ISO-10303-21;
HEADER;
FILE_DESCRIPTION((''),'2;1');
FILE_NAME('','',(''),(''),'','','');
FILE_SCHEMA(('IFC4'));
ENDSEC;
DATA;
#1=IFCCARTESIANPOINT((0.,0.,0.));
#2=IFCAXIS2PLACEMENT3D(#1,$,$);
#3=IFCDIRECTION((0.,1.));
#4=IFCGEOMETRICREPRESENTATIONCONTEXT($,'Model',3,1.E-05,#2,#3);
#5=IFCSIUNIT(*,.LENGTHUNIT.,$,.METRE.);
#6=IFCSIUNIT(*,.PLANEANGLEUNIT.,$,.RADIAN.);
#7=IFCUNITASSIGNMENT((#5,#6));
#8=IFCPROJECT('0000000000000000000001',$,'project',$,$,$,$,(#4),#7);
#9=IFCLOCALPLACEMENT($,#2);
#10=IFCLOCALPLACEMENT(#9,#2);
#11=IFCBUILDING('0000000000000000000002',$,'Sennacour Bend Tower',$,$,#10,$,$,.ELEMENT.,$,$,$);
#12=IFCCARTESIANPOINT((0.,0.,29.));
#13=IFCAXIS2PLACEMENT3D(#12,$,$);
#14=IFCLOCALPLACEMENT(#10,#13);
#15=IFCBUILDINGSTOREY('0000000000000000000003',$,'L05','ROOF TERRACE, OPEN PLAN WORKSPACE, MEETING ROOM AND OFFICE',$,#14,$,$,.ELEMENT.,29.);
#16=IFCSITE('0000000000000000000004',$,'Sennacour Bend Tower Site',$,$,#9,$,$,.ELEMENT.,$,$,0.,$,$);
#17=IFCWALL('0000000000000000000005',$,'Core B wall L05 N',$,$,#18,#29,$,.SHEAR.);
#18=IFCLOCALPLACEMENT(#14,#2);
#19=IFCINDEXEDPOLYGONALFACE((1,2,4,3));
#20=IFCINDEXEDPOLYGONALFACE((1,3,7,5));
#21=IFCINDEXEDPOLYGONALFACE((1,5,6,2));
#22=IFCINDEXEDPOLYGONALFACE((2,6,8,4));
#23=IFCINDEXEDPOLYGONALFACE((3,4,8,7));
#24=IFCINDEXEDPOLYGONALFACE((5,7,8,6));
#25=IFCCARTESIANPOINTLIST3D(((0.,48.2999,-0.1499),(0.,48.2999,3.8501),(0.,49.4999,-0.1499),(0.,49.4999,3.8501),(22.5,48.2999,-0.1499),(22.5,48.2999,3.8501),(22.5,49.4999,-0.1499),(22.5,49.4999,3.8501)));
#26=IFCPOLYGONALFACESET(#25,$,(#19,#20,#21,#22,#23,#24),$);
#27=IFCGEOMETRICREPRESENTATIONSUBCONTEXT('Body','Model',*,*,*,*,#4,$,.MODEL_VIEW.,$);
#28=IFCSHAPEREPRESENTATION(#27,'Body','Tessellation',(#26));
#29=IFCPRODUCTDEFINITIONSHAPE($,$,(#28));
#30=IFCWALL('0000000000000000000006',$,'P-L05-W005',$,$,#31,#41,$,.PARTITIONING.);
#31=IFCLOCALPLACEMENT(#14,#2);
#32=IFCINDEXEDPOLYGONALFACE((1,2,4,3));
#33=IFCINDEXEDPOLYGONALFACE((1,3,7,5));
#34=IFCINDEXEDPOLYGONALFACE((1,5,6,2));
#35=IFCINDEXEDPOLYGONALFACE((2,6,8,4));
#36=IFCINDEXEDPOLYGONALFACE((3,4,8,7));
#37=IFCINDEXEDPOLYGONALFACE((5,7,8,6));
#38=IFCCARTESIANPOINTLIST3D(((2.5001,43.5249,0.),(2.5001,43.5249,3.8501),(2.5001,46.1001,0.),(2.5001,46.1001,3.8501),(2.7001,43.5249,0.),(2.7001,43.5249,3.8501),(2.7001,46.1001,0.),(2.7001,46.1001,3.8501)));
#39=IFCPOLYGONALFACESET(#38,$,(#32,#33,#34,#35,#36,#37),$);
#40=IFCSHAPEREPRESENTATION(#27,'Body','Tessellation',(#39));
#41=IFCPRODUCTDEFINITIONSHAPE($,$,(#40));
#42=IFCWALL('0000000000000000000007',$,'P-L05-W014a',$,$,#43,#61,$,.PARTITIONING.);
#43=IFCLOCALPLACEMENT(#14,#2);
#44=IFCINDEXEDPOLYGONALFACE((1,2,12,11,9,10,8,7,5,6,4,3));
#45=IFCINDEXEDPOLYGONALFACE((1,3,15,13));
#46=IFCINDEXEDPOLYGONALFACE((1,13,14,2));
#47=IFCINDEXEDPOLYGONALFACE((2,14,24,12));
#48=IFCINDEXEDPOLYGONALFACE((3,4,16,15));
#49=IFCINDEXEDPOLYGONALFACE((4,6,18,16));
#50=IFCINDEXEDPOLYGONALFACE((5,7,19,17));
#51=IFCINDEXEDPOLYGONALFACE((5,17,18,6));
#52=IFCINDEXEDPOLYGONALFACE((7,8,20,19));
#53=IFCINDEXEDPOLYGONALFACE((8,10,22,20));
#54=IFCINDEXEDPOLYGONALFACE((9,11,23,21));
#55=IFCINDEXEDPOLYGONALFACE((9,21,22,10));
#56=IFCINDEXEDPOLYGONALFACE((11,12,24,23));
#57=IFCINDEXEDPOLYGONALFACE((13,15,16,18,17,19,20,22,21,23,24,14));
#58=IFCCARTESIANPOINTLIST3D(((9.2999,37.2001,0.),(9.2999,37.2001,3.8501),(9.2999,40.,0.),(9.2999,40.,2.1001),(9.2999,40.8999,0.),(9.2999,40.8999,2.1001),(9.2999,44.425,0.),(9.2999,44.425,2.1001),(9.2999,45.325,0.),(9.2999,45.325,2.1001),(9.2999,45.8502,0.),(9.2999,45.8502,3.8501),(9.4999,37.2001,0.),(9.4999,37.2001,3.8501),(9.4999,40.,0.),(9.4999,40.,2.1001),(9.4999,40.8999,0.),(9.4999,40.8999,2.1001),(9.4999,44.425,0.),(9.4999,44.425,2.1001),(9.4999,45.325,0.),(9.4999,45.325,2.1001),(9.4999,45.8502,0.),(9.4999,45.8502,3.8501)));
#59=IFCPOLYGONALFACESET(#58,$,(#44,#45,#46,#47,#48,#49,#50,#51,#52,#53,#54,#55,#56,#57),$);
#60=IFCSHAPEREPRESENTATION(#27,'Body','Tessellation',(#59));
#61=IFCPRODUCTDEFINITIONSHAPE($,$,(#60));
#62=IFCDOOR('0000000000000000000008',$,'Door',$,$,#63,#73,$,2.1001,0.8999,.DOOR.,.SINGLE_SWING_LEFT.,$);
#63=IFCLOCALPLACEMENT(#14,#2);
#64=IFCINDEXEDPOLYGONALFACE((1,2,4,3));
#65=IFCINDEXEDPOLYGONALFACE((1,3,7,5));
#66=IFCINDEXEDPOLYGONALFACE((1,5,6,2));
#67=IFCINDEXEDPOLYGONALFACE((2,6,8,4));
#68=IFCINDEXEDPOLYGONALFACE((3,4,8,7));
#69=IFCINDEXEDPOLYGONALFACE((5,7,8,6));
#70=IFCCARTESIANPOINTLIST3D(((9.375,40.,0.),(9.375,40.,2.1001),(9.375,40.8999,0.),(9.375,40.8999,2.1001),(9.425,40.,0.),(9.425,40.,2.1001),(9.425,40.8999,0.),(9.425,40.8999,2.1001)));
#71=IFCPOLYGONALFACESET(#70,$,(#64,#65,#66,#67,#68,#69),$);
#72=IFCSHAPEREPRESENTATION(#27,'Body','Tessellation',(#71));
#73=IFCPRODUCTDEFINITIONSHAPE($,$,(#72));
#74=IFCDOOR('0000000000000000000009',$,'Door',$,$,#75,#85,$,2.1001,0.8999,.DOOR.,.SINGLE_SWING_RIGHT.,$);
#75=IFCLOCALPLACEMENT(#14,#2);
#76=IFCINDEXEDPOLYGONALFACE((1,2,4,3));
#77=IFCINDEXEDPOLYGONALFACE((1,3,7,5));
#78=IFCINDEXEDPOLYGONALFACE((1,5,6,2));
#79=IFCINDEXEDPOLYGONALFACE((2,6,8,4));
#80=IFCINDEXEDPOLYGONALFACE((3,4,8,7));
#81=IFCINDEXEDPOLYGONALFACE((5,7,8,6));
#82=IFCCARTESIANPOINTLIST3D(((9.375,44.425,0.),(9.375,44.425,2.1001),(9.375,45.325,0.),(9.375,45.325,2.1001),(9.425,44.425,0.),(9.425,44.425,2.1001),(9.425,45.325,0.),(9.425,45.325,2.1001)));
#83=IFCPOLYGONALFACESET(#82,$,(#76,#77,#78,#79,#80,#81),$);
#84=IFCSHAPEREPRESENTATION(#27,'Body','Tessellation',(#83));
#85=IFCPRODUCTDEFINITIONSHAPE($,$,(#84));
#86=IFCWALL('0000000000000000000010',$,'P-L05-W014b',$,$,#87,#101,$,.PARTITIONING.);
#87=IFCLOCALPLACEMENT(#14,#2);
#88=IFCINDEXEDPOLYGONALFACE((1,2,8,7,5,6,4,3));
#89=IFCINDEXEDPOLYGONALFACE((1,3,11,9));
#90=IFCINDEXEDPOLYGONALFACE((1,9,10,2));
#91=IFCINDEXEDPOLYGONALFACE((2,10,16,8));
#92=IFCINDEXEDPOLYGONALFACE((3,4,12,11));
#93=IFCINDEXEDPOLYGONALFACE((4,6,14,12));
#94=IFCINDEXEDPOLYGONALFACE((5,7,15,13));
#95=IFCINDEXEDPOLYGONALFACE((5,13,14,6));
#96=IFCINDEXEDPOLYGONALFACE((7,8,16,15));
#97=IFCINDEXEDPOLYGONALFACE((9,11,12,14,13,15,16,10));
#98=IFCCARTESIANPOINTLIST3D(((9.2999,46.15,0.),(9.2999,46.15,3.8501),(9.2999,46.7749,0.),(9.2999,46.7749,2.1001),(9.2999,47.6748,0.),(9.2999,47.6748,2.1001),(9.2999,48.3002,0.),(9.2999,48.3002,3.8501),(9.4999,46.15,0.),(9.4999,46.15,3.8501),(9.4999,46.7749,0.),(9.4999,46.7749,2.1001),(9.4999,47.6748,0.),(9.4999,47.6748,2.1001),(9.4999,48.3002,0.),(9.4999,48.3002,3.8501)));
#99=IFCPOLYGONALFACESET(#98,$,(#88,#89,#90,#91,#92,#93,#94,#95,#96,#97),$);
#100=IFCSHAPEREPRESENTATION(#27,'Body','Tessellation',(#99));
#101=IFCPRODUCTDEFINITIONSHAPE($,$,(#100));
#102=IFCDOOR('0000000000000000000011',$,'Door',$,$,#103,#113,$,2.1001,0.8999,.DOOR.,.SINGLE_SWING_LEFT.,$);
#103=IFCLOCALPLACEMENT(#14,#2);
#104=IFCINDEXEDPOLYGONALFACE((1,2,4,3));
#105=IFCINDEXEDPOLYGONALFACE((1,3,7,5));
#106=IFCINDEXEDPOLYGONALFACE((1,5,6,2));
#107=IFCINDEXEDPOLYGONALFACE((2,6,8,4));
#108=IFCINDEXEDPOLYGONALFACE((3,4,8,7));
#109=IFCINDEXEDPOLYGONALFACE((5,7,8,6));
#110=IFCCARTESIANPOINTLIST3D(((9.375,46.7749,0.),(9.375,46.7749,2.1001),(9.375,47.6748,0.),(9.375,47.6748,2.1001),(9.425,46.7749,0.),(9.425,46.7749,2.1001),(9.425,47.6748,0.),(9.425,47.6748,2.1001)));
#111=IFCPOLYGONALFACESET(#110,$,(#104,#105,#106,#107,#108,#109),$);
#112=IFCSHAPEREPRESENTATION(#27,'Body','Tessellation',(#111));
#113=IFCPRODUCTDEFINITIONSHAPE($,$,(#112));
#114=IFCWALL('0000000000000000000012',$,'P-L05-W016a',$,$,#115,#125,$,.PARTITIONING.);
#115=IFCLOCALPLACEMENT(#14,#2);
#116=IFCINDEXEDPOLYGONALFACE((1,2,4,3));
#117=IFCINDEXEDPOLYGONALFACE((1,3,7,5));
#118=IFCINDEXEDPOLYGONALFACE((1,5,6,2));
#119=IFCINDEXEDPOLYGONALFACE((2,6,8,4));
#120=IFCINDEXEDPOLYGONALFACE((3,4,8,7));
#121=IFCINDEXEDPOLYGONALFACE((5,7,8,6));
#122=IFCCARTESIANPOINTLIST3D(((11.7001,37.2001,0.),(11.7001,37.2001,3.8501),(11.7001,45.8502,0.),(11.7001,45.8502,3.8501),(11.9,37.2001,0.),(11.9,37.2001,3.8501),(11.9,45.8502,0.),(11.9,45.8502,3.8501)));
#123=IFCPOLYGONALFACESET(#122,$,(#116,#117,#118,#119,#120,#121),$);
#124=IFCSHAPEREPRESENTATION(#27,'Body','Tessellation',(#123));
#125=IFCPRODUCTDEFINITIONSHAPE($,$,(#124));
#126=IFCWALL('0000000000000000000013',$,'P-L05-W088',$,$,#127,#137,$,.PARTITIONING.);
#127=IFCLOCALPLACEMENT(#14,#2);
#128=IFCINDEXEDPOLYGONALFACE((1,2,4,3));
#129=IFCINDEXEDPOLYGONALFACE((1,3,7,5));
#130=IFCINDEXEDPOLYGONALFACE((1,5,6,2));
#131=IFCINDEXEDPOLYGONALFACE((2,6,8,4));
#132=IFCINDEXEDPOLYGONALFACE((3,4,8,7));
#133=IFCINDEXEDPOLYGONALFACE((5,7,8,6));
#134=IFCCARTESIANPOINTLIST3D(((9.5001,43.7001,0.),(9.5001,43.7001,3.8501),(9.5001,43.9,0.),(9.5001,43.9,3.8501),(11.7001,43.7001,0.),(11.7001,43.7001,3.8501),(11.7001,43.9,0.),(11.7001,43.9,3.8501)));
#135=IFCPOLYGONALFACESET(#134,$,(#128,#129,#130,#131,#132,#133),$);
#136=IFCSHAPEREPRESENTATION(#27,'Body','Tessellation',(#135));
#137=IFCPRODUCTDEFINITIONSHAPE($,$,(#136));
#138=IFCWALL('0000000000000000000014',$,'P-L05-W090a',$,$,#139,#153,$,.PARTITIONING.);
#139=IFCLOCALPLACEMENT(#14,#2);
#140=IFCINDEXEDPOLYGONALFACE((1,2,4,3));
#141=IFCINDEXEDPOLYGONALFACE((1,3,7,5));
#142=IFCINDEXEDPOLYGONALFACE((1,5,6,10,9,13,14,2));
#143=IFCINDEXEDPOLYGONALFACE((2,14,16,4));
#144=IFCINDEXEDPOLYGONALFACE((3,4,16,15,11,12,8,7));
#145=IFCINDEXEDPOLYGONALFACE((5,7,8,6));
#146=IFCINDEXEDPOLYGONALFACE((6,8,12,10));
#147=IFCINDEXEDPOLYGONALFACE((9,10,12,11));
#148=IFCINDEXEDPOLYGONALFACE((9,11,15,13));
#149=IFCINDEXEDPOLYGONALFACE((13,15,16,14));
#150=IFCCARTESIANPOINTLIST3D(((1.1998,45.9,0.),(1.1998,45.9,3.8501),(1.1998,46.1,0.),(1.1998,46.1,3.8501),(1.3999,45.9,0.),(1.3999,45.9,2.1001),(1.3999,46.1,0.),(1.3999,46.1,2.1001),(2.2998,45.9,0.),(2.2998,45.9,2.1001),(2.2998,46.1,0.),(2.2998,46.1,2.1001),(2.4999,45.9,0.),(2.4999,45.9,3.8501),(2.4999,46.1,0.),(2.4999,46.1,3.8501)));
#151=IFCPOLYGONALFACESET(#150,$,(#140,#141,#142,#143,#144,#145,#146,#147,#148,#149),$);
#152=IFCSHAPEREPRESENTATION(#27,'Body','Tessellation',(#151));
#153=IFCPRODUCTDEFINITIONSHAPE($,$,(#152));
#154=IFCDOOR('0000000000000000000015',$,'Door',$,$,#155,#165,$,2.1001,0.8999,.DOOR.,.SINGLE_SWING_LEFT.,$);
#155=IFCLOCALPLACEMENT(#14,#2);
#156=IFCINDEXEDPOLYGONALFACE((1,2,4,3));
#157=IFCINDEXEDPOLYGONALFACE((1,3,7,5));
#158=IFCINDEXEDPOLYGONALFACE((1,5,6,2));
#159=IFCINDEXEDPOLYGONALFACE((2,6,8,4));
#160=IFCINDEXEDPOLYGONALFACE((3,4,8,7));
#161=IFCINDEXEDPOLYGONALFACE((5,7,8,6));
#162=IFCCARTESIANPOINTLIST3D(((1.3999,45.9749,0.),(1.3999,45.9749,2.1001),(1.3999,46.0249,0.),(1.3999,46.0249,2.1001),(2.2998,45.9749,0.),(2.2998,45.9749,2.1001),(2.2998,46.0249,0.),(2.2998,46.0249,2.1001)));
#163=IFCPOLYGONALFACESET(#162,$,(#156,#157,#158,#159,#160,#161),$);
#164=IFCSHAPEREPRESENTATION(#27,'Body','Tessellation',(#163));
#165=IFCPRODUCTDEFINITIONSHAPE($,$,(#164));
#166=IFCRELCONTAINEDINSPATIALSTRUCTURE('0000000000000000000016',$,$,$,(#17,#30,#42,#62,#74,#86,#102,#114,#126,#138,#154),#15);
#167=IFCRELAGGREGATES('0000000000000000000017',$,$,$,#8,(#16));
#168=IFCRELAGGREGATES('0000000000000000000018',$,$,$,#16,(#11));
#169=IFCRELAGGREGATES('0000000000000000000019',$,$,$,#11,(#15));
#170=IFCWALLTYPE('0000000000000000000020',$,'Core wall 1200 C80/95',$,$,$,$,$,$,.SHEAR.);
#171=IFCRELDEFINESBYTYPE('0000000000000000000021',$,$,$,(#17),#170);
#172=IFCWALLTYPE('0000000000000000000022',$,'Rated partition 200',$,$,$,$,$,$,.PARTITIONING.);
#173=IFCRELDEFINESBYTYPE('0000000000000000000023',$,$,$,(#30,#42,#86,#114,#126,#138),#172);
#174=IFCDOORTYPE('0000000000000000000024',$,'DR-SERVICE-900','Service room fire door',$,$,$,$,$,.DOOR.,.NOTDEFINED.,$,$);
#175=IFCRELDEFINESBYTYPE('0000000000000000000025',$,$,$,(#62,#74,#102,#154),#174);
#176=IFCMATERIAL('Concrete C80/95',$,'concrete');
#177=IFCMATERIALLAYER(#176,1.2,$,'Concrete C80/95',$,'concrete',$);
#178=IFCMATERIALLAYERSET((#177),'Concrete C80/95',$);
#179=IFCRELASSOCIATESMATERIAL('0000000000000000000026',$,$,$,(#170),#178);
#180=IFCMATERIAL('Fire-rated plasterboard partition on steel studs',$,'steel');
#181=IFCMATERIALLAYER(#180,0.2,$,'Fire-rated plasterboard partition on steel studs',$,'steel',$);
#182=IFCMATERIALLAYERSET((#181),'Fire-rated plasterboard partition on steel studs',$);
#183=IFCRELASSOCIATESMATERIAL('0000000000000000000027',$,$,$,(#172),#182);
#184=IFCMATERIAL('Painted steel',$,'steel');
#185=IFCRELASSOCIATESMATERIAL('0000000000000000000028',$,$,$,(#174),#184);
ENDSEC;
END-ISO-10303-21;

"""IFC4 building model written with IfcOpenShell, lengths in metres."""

from ifc_helpers import new_model, si_unit, direction, frame, frame_2d, origin, place, context, subcontext, project, spatial, rectangle, extrude, material, layer, layer_set, type_object, element, fill, save


model = new_model("IFC4")

# Units and contexts
model_context = context("Model", 3, precision=1e-05, world=origin(), true_north=direction((0.0, 1.0)))
body_context = subcontext(model_context, "Body", "Model", "MODEL_VIEW")
ifc_project = project(units=[si_unit("LENGTHUNIT", "METRE"), si_unit("PLANEANGLEUNIT", "RADIAN")], contexts=[model_context])

# Site, building, storey
site_placement = place(None, origin())
site = spatial("IfcSite", under=ifc_project, at=site_placement, Name="Sennacour Bend Tower Site", CompositionType="ELEMENT", RefElevation=0.0)
building_placement = place(site_placement, origin())
building = spatial("IfcBuilding", under=site, at=building_placement, Name="Sennacour Bend Tower", CompositionType="ELEMENT")
storey_placement = place(building_placement, frame((0.0, 0.0, 29.0)))
storey = spatial("IfcBuildingStorey", under=building, at=storey_placement, Name="L05", Description="ROOF TERRACE, OPEN PLAN WORKSPACE, MEETING ROOM AND OFFICE", CompositionType="ELEMENT", Elevation=29.0)

# Walls
ifc_material_1 = material(Name="Concrete C80/95", Category="concrete")
ifc_layer_1 = layer(ifc_material_1, 1.2, Name="Concrete C80/95", Category="concrete")
ifc_layer_set_1 = layer_set([ifc_layer_1], Name="Concrete C80/95")
wall_type_1 = type_object("IfcWallType", Name="Core wall 1200 C80/95", PredefinedType="SHEAR", material=ifc_layer_set_1)
wall_1_placement = place(storey_placement, frame((0.0, 48.8999, -0.1499), z_axis=(0.0, 0.0, 1.0), x_axis=(1.0, 0.0, 0.0)))
element("IfcWall", 1, at=wall_1_placement, inside=storey, type_object=wall_type_1, Name="Core B wall L05 N", PredefinedType="SHEAR", context=body_context, shape_type="SweptSolid", body=[
    extrude(rectangle(XDim=22.5, YDim=1.2, at=frame_2d((11.25, 0.0))), origin(), (0.0, 0.0, 1.0), 4.0),
])
ifc_material_2 = material(Name="Fire-rated plasterboard partition on steel studs", Category="steel")
ifc_layer_2 = layer(ifc_material_2, 0.2, Name="Fire-rated plasterboard partition on steel studs", Category="steel")
ifc_layer_set_2 = layer_set([ifc_layer_2], Name="Fire-rated plasterboard partition on steel studs")
wall_type_2 = type_object("IfcWallType", Name="Rated partition 200", PredefinedType="PARTITIONING", material=ifc_layer_set_2)
wall_2_placement = place(storey_placement, frame((2.6001, 43.5249, 0.0), z_axis=(0.0, 0.0, 1.0), x_axis=(0.0, 1.0, 0.0)))
element("IfcWall", 2, at=wall_2_placement, inside=storey, type_object=wall_type_2, Name="P-L05-W005", PredefinedType="PARTITIONING", context=body_context, shape_type="SweptSolid", body=[
    extrude(rectangle(XDim=2.5752, YDim=0.2, at=frame_2d((1.2876, 0.0))), origin(), (0.0, 0.0, 1.0), 3.8501),
])

# Wall, openings, doors
wall_3_placement = place(storey_placement, frame((9.3999, 37.2, 0.0), z_axis=(0.0, 0.0, 1.0), x_axis=(0.0, 1.0, 0.0)))
wall_3 = element("IfcWall", 3, at=wall_3_placement, inside=storey, type_object=wall_type_2, Name="P-L05-W014a", PredefinedType="PARTITIONING", context=body_context, shape_type="SweptSolid", body=[
    extrude(rectangle(XDim=8.6501, YDim=0.2, at=frame_2d((4.3252, 0.0))), origin(), (0.0, 0.0, 1.0), 3.8501),
])
opening_1_placement = place(wall_3_placement, frame((2.8, 0.0, 0.0)))
opening_1 = element("IfcOpeningElement", 4, at=opening_1_placement, cuts=wall_3, PredefinedType="OPENING", context=body_context, shape_type="SweptSolid", body=[
    extrude(rectangle(XDim=0.8999, YDim=2.1001, at=frame_2d((0.45, 1.05))), frame((0.0, 0.1099, 0.0), z_axis=(0.0, -1.0, 0.0), x_axis=(1.0, 0.0, 0.0)), (0.0, 0.0, 1.0), 0.22),
])
opening_2_placement = place(wall_3_placement, frame((7.2251, 0.0, 0.0)))
opening_2 = element("IfcOpeningElement", 5, at=opening_2_placement, cuts=wall_3, PredefinedType="OPENING", context=body_context, shape_type="SweptSolid", body=[
    extrude(rectangle(XDim=0.8999, YDim=2.1001, at=frame_2d((0.45, 1.05))), frame((0.0, 0.1099, 0.0), z_axis=(0.0, -1.0, 0.0), x_axis=(1.0, 0.0, 0.0)), (0.0, 0.0, 1.0), 0.22),
])
ifc_material_3 = material(Name="Painted steel", Category="steel")
door_type_1 = type_object("IfcDoorType", Name="DR-SERVICE-900", Description="Service room fire door", OperationType="NOTDEFINED", PredefinedType="DOOR", material=ifc_material_3)
door_1_placement = place(opening_1_placement, origin())
door_1 = element("IfcDoor", 6, at=door_1_placement, inside=storey, type_object=door_type_1, Name="Door", OperationType="SINGLE_SWING_LEFT", OverallHeight=2.1001, OverallWidth=0.8999, PredefinedType="DOOR", context=body_context, shape_type="SweptSolid", body=[
    extrude(rectangle(XDim=0.8999, YDim=2.1001, at=frame_2d((0.45, 1.05))), frame((0.0, 0.0249, 0.0), z_axis=(0.0, -1.0, 0.0), x_axis=(1.0, 0.0, 0.0)), (0.0, 0.0, 1.0), 0.05),
])
fill(opening_1, door_1)
door_2_placement = place(opening_2_placement, origin())
door_2 = element("IfcDoor", 7, at=door_2_placement, inside=storey, type_object=door_type_1, Name="Door", OperationType="SINGLE_SWING_RIGHT", OverallHeight=2.1001, OverallWidth=0.8999, PredefinedType="DOOR", context=body_context, shape_type="SweptSolid", body=[
    extrude(rectangle(XDim=0.8999, YDim=2.1001, at=frame_2d((0.45, 1.05))), frame((0.0, 0.0249, 0.0), z_axis=(0.0, -1.0, 0.0), x_axis=(1.0, 0.0, 0.0)), (0.0, 0.0, 1.0), 0.05),
])
fill(opening_2, door_2)

# Wall, opening, door
wall_4_placement = place(storey_placement, frame((9.3999, 46.1499, 0.0), z_axis=(0.0, 0.0, 1.0), x_axis=(0.0, 1.0, 0.0)))
wall_4 = element("IfcWall", 8, at=wall_4_placement, inside=storey, type_object=wall_type_2, Name="P-L05-W014b", PredefinedType="PARTITIONING", context=body_context, shape_type="SweptSolid", body=[
    extrude(rectangle(XDim=2.1501, YDim=0.2, at=frame_2d((1.0752, 0.0))), origin(), (0.0, 0.0, 1.0), 3.8501),
])
opening_3_placement = place(wall_4_placement, frame((0.625, 0.0, 0.0)))
opening_3 = element("IfcOpeningElement", 9, at=opening_3_placement, cuts=wall_4, PredefinedType="OPENING", context=body_context, shape_type="SweptSolid", body=[
    extrude(rectangle(XDim=0.8999, YDim=2.1001, at=frame_2d((0.45, 1.05))), frame((0.0, 0.1099, 0.0), z_axis=(0.0, -1.0, 0.0), x_axis=(1.0, 0.0, 0.0)), (0.0, 0.0, 1.0), 0.22),
])
door_3_placement = place(opening_3_placement, origin())
door_3 = element("IfcDoor", 10, at=door_3_placement, inside=storey, type_object=door_type_1, Name="Door", OperationType="SINGLE_SWING_LEFT", OverallHeight=2.1001, OverallWidth=0.8999, PredefinedType="DOOR", context=body_context, shape_type="SweptSolid", body=[
    extrude(rectangle(XDim=0.8999, YDim=2.1001, at=frame_2d((0.45, 1.05))), frame((0.0, 0.0249, 0.0), z_axis=(0.0, -1.0, 0.0), x_axis=(1.0, 0.0, 0.0)), (0.0, 0.0, 1.0), 0.05),
])
fill(opening_3, door_3)

# Walls
wall_5_placement = place(storey_placement, frame((11.8, 37.2, 0.0), z_axis=(0.0, 0.0, 1.0), x_axis=(0.0, 1.0, 0.0)))
element("IfcWall", 11, at=wall_5_placement, inside=storey, type_object=wall_type_2, Name="P-L05-W016a", PredefinedType="PARTITIONING", context=body_context, shape_type="SweptSolid", body=[
    extrude(rectangle(XDim=8.6501, YDim=0.2, at=frame_2d((4.3252, 0.0))), origin(), (0.0, 0.0, 1.0), 3.8501),
])
wall_6_placement = place(storey_placement, frame((9.5, 43.8, 0.0), z_axis=(0.0, 0.0, 1.0), x_axis=(1.0, 0.0, 0.0)))
element("IfcWall", 12, at=wall_6_placement, inside=storey, type_object=wall_type_2, Name="P-L05-W088", PredefinedType="PARTITIONING", context=body_context, shape_type="SweptSolid", body=[
    extrude(rectangle(XDim=2.2, YDim=0.2, at=frame_2d((1.1001, 0.0))), origin(), (0.0, 0.0, 1.0), 3.8501),
])

# Wall, opening, door
wall_7_placement = place(storey_placement, frame((1.2, 46.0, 0.0), z_axis=(0.0, 0.0, 1.0), x_axis=(1.0, 0.0, 0.0)))
wall_7 = element("IfcWall", 13, at=wall_7_placement, inside=storey, type_object=wall_type_2, Name="P-L05-W090a", PredefinedType="PARTITIONING", context=body_context, shape_type="SweptSolid", body=[
    extrude(rectangle(XDim=1.3, YDim=0.2, at=frame_2d((0.6499, 0.0))), origin(), (0.0, 0.0, 1.0), 3.8501),
])
opening_4_placement = place(wall_7_placement, frame((0.2, 0.0, 0.0)))
opening_4 = element("IfcOpeningElement", 14, at=opening_4_placement, cuts=wall_7, PredefinedType="OPENING", context=body_context, shape_type="SweptSolid", body=[
    extrude(rectangle(XDim=0.8999, YDim=2.1001, at=frame_2d((0.45, 1.05))), frame((0.0, 0.1099, 0.0), z_axis=(0.0, -1.0, 0.0), x_axis=(1.0, 0.0, 0.0)), (0.0, 0.0, 1.0), 0.22),
])
door_4_placement = place(opening_4_placement, origin())
door_4 = element("IfcDoor", 15, at=door_4_placement, inside=storey, type_object=door_type_1, Name="Door", OperationType="SINGLE_SWING_LEFT", OverallHeight=2.1001, OverallWidth=0.8999, PredefinedType="DOOR", context=body_context, shape_type="SweptSolid", body=[
    extrude(rectangle(XDim=0.8999, YDim=2.1001, at=frame_2d((0.45, 1.05))), frame((0.0, 0.0249, 0.0), z_axis=(0.0, -1.0, 0.0), x_axis=(1.0, 0.0, 0.0)), (0.0, 0.0, 1.0), 0.05),
])
fill(opening_4, door_4)

save(model, "model.ifc")
